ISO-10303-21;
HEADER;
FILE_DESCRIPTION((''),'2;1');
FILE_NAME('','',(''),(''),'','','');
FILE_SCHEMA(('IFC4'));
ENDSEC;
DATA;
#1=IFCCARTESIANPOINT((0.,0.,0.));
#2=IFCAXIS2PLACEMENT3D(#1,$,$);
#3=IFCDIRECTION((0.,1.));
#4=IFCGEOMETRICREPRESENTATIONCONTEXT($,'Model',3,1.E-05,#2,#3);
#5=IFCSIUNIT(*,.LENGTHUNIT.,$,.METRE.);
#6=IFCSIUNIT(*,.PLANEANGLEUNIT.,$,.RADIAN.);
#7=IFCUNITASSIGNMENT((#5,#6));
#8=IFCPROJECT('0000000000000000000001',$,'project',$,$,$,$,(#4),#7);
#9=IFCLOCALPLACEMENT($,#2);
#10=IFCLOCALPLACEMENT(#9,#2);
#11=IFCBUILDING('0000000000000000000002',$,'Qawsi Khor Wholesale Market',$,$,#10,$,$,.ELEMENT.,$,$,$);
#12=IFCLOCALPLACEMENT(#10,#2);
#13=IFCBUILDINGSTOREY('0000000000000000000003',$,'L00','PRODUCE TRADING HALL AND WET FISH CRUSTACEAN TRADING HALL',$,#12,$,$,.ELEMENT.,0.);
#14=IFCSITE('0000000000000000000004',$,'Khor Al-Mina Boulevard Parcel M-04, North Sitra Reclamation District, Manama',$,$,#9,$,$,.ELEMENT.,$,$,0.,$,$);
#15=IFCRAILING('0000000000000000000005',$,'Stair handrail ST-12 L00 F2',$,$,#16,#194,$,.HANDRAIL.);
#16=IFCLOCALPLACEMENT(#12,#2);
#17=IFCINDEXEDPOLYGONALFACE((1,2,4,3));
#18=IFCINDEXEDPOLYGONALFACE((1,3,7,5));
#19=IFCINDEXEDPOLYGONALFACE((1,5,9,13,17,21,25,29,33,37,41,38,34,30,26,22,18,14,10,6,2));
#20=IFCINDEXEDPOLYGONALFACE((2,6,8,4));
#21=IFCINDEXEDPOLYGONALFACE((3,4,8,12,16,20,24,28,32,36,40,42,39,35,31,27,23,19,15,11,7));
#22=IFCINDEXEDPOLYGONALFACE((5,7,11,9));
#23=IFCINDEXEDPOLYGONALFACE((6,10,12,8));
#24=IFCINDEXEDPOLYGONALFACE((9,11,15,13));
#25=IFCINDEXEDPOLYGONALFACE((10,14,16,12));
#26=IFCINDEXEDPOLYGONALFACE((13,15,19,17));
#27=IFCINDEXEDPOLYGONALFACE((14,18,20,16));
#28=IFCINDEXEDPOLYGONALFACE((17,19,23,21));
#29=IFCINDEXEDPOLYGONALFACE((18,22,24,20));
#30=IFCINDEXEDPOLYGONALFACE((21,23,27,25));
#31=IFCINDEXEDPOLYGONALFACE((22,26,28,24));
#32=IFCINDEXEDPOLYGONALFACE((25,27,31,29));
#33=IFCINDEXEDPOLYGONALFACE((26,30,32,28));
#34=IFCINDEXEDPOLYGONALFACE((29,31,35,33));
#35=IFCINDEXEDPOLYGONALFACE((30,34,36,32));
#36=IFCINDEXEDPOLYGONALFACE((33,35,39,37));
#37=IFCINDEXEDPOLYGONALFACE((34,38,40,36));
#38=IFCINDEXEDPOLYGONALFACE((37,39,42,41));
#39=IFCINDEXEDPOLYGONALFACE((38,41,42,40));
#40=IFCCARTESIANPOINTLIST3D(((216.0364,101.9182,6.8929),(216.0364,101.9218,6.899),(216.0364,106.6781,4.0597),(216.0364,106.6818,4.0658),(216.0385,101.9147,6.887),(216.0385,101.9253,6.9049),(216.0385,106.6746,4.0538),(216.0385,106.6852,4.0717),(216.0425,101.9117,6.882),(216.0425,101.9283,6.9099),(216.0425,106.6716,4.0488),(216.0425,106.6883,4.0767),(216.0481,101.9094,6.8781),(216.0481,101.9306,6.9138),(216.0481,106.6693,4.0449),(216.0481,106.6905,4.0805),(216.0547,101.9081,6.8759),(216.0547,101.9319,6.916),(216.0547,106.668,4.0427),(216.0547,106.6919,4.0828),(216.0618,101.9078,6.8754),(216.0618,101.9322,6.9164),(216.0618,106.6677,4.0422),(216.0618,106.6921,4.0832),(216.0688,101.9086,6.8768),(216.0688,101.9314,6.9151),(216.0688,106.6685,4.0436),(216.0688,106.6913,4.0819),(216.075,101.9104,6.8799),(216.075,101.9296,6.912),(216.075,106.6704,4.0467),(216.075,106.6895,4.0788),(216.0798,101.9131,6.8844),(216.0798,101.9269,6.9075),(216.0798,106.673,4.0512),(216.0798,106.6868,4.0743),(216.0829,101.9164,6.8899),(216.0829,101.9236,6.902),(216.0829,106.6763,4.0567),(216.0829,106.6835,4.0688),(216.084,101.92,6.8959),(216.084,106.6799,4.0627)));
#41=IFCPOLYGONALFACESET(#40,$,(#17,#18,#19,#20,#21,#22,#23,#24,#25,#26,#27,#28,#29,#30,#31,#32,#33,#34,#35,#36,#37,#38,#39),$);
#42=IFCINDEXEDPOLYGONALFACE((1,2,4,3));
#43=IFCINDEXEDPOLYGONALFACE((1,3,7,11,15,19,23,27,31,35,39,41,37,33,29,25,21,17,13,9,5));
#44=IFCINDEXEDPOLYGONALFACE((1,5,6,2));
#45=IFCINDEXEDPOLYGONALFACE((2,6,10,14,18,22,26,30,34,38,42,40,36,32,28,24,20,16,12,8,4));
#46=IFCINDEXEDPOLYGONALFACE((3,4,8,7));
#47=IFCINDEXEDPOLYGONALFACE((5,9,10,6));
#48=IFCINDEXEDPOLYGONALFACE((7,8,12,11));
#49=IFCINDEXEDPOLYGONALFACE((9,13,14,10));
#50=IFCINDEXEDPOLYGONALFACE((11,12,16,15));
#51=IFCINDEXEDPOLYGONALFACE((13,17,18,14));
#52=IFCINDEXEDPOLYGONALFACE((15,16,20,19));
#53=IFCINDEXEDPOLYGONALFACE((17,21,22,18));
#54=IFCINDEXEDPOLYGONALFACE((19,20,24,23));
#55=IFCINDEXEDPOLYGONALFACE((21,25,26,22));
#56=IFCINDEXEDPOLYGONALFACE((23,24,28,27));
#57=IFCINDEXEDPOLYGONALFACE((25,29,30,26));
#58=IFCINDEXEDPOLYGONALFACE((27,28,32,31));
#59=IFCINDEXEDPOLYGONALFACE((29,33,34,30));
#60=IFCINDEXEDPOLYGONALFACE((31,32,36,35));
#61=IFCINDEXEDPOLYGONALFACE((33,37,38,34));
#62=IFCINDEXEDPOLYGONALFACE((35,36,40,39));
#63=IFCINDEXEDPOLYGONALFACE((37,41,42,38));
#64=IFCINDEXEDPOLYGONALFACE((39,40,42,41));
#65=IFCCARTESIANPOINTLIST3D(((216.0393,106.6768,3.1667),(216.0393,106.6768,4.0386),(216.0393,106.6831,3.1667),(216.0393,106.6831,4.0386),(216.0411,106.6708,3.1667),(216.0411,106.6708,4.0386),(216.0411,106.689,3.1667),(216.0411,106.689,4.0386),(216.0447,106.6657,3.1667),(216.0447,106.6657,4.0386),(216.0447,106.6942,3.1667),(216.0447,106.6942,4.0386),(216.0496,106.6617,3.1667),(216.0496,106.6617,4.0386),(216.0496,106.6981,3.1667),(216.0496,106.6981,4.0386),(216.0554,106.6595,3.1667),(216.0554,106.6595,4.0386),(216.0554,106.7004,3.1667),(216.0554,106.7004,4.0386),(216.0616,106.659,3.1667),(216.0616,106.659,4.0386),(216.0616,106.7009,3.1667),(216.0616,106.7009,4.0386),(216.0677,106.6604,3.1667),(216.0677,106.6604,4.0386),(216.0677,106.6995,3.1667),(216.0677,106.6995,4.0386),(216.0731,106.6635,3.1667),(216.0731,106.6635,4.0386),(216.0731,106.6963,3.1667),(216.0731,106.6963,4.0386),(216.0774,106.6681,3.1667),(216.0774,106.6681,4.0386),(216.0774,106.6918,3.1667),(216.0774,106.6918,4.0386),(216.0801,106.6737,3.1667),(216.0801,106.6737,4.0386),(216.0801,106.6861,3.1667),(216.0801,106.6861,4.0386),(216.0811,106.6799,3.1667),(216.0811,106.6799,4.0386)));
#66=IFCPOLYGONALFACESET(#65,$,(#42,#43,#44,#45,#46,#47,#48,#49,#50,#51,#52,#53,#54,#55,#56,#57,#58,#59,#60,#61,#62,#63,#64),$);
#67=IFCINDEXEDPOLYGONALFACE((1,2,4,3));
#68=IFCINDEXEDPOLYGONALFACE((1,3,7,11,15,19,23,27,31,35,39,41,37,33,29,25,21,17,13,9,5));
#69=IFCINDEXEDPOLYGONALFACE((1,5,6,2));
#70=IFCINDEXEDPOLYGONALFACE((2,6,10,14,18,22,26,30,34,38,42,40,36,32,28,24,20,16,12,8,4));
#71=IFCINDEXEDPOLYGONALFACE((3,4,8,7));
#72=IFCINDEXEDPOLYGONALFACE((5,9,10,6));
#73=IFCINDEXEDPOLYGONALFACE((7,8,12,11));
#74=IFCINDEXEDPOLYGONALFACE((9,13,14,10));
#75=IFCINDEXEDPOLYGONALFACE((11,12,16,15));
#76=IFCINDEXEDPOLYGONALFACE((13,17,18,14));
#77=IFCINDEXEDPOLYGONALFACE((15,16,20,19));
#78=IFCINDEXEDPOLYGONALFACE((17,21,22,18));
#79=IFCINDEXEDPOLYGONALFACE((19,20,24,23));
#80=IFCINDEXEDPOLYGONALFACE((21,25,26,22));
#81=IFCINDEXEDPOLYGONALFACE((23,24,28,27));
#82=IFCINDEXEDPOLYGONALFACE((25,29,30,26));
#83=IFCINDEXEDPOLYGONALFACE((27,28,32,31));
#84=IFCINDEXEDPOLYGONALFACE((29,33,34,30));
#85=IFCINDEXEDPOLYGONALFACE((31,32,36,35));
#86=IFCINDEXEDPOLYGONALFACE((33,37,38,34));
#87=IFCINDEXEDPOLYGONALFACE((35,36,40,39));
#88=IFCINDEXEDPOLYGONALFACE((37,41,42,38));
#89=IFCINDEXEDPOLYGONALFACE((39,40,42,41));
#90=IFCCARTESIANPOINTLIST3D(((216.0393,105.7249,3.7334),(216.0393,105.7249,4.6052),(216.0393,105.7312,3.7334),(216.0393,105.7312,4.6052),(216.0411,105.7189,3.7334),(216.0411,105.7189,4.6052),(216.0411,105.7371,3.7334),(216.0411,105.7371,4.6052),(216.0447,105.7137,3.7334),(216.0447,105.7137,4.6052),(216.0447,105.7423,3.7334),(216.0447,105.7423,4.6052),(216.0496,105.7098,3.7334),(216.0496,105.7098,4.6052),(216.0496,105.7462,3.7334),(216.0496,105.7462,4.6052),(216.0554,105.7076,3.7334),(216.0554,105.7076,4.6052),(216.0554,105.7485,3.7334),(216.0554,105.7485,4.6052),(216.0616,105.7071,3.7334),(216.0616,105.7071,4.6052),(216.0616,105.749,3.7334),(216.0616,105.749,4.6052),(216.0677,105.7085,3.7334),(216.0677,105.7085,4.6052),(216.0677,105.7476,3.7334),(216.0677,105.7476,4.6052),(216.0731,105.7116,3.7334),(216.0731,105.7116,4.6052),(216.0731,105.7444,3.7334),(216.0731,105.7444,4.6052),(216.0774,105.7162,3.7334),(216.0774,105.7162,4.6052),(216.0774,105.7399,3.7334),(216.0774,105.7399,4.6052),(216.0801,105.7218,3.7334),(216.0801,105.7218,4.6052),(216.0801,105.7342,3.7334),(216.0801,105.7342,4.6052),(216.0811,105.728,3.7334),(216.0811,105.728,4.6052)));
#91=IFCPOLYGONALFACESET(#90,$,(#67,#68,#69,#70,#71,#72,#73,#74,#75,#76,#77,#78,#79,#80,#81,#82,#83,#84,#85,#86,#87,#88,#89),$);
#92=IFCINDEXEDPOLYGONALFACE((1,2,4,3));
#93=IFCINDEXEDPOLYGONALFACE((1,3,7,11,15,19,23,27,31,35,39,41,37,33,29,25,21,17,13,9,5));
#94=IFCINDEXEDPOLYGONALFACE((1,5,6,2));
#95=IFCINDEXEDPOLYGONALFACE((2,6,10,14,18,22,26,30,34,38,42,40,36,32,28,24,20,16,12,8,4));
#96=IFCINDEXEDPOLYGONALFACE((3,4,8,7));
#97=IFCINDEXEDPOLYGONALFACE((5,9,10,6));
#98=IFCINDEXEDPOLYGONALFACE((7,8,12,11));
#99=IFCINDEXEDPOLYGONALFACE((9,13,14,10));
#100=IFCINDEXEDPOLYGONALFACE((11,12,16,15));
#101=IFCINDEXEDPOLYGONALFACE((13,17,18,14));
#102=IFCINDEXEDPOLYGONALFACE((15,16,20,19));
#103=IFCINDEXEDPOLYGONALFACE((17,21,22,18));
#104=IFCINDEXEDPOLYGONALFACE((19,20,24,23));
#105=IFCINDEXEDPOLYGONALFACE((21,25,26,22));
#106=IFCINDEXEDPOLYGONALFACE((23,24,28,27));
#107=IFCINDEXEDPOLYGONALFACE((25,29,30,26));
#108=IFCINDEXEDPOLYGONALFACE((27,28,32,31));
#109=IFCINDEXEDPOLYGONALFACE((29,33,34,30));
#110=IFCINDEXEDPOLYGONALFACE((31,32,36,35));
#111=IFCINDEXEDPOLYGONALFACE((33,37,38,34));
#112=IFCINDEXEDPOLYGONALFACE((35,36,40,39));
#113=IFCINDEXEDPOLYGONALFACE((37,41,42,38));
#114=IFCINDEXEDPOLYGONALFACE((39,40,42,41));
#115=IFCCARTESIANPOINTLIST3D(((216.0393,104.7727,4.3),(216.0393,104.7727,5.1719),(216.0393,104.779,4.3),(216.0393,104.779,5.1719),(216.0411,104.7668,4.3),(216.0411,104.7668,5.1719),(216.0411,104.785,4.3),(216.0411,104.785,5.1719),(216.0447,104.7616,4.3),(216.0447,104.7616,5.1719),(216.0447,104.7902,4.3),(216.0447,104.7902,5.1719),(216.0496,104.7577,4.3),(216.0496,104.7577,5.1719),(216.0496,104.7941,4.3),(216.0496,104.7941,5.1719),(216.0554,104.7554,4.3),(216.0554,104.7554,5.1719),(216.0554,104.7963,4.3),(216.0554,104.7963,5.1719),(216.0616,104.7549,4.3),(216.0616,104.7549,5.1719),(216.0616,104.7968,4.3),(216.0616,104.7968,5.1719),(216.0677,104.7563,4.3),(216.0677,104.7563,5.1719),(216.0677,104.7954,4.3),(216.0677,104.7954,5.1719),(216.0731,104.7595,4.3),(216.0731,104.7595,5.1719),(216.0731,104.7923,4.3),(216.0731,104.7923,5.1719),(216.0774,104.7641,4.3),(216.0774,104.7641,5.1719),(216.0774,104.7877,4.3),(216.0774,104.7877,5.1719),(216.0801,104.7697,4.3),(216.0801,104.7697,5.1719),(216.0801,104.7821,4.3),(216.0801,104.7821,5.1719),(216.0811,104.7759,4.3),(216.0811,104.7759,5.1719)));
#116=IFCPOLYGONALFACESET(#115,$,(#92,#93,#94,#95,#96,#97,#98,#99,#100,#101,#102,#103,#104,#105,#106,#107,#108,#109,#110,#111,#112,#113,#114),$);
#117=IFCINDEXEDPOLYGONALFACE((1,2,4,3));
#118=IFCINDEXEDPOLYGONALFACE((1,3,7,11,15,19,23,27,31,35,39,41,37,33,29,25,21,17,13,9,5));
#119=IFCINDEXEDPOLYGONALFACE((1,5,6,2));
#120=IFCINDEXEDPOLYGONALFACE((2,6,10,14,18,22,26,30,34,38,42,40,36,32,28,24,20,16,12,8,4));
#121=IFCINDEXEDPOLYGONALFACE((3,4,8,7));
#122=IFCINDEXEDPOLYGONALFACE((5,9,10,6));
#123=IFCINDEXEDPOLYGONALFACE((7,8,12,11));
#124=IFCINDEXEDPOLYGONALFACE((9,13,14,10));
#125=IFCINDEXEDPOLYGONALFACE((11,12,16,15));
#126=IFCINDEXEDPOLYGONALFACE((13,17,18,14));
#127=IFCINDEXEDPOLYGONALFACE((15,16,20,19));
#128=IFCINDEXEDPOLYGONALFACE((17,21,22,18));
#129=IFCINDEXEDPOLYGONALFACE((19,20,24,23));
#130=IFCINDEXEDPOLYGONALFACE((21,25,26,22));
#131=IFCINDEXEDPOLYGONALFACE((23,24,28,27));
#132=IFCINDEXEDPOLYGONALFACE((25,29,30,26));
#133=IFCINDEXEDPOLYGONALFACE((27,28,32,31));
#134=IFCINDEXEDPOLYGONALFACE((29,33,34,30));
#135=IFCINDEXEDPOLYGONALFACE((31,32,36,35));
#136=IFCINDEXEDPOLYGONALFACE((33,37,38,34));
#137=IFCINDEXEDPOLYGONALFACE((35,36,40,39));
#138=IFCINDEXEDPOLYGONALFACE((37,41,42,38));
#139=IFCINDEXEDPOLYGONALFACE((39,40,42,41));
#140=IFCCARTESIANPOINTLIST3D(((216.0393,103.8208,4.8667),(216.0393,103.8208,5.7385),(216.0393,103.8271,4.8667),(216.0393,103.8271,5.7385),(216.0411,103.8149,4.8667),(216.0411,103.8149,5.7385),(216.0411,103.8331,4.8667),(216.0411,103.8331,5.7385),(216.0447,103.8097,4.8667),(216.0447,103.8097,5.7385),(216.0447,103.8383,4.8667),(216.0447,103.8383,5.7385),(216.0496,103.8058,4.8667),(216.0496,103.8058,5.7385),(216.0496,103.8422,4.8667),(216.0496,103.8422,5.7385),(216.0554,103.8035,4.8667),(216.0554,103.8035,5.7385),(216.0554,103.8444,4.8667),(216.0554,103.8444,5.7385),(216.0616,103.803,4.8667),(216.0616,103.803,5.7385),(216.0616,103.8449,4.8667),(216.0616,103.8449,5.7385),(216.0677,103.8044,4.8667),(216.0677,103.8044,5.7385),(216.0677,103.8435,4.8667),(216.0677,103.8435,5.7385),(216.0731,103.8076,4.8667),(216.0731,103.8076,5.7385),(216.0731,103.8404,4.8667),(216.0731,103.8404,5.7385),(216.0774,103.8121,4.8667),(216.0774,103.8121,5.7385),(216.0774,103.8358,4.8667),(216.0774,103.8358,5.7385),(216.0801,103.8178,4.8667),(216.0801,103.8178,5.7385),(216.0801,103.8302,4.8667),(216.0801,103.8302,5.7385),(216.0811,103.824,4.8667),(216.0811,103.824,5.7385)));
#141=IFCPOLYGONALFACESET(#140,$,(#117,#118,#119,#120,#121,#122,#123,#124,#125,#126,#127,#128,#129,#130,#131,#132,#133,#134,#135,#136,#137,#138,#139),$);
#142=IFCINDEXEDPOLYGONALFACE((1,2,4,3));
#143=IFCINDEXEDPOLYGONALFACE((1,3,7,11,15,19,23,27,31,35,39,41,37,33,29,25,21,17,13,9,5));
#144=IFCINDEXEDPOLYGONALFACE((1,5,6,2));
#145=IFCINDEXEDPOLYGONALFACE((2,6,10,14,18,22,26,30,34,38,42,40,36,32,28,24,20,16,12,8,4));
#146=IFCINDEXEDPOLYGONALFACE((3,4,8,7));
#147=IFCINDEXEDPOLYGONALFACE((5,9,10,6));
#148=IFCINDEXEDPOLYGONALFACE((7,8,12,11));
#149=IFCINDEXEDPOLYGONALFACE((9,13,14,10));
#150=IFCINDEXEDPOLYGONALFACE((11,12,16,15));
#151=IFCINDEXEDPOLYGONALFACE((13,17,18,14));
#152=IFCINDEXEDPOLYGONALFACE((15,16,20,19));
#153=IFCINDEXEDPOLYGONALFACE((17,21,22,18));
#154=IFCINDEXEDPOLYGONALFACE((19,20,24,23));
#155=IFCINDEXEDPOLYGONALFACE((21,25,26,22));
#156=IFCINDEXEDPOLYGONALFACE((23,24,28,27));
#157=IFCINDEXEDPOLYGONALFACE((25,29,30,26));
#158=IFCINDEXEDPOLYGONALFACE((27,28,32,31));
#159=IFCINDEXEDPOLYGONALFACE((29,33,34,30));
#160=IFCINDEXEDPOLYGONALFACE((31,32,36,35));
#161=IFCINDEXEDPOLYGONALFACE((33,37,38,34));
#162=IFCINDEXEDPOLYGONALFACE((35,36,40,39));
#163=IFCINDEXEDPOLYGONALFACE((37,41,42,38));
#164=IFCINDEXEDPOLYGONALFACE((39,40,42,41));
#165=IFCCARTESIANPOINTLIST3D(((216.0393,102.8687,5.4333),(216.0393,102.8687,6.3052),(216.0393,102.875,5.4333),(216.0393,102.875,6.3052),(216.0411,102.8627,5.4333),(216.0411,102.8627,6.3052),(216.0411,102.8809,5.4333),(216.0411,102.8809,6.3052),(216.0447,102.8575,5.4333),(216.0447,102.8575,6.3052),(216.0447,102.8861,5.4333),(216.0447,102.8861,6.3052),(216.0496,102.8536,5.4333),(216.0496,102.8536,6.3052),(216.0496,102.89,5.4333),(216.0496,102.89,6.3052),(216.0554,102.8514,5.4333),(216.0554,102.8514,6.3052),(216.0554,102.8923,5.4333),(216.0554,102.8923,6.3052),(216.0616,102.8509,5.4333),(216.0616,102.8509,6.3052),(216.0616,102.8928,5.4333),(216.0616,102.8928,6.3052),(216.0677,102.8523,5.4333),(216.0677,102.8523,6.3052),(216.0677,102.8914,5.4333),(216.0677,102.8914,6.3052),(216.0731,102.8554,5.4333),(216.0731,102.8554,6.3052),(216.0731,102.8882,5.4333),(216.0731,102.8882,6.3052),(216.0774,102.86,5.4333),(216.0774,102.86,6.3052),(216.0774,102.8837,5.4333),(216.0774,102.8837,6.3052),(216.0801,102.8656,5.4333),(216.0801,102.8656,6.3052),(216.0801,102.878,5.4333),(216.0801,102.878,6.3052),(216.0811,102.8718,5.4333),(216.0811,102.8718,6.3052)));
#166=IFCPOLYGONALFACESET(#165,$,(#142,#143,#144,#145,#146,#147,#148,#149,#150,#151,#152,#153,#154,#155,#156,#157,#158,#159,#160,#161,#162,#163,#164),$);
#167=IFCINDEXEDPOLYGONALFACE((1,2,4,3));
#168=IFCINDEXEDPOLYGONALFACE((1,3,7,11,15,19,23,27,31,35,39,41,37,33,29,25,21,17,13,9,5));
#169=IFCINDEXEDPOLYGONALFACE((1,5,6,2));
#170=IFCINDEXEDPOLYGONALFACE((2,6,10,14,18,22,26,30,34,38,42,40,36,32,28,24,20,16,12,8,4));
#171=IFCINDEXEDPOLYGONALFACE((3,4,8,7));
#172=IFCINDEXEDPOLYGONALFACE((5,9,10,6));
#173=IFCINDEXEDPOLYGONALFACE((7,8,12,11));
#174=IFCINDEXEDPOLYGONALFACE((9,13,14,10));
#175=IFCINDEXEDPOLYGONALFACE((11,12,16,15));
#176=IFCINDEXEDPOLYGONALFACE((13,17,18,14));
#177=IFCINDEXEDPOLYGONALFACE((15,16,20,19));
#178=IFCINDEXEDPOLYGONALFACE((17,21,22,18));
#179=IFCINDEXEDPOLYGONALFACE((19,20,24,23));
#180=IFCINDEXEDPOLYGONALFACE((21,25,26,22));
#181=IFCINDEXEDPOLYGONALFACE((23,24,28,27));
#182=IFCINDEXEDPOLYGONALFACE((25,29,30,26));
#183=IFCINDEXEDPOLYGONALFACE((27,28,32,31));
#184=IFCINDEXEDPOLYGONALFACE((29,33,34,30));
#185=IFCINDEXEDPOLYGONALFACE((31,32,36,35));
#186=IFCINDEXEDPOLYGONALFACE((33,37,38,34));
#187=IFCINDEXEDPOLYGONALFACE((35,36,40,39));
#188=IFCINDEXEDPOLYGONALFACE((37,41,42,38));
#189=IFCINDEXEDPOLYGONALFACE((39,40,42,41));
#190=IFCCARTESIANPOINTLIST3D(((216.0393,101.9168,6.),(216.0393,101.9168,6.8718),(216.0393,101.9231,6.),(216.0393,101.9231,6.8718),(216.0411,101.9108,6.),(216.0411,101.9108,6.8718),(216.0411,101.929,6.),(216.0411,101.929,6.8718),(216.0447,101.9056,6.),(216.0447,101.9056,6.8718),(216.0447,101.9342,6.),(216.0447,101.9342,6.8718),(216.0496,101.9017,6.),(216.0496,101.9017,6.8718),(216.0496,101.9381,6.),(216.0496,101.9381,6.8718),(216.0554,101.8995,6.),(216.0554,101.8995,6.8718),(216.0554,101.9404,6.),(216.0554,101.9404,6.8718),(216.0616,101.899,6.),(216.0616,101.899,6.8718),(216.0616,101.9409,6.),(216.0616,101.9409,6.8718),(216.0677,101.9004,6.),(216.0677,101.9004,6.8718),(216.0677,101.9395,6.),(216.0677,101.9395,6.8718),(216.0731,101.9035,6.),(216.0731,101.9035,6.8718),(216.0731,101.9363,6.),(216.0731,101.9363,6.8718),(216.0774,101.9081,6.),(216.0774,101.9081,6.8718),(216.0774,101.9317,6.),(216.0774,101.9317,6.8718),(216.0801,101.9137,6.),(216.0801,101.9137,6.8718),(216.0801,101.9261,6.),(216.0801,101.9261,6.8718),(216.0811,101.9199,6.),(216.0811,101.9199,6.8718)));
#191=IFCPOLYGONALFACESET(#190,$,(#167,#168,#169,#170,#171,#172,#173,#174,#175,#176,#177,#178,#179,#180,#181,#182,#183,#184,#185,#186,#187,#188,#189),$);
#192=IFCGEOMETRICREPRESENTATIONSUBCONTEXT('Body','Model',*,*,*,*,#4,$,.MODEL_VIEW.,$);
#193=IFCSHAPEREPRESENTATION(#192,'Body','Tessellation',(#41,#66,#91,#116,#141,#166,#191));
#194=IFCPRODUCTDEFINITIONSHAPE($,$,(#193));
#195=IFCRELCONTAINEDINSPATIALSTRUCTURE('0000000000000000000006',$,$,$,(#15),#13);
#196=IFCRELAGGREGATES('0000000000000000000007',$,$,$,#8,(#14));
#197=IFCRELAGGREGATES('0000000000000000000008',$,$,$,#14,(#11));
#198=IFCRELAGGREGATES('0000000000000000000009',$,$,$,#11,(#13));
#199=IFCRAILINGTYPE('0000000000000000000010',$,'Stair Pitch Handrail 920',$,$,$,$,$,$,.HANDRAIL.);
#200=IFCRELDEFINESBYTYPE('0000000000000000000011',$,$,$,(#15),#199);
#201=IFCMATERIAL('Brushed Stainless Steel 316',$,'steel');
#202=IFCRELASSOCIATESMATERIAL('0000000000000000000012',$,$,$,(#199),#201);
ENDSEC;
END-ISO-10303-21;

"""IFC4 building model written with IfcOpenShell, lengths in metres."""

from ifc_helpers import new_model, si_unit, direction, frame, origin, origin_2d, place, context, subcontext, project, spatial, circle, extrude, material, type_object, element, save


model = new_model("IFC4")

# Units and contexts
model_context = context("Model", 3, precision=1e-05, world=origin(), true_north=direction((0.0, 1.0)))
body_context = subcontext(model_context, "Body", "Model", "MODEL_VIEW")
ifc_project = project(units=[si_unit("LENGTHUNIT", "METRE"), si_unit("PLANEANGLEUNIT", "RADIAN")], contexts=[model_context])

# Site, building, storey
site_placement = place(None, origin())
site = spatial("IfcSite", under=ifc_project, at=site_placement, Name="Khor Al-Mina Boulevard Parcel M-04, North Sitra Reclamation District, Manama", CompositionType="ELEMENT", RefElevation=0.0)
building_placement = place(site_placement, origin())
building = spatial("IfcBuilding", under=site, at=building_placement, Name="Qawsi Khor Wholesale Market", CompositionType="ELEMENT")
storey_placement = place(building_placement, origin())
storey = spatial("IfcBuildingStorey", under=building, at=storey_placement, Name="L00", Description="PRODUCE TRADING HALL AND WET FISH CRUSTACEAN TRADING HALL", CompositionType="ELEMENT", Elevation=0.0)

# Railing
ifc_material_1 = material(Name="Brushed Stainless Steel 316", Category="steel")
railing_type = type_object("IfcRailingType", Name="Stair Pitch Handrail 920", PredefinedType="HANDRAIL", material=ifc_material_1)
railing_placement = place(storey_placement, frame((216.0601, 106.6799, 3.1667)))
element("IfcRailing", 1, at=railing_placement, inside=storey, type_object=railing_type, Name="Stair handrail ST-12 L00 F2", PredefinedType="HANDRAIL", context=body_context, shape_type="SweptSolid", body=[
    extrude(circle(Radius=0.0239, at=origin_2d()), frame((0.0, 0.0, 0.896), z_axis=(0.0, -0.8593, 0.511472), x_axis=(1.0, 0.0, 0.0)), (0.0, 0.0, 1.0), 5.5393),
    extrude(circle(Radius=0.021, at=origin_2d()), origin(), (0.0, 0.0, 1.0), 0.8718),
    extrude(circle(Radius=0.021, at=origin_2d()), frame((0.0, -0.9519, 0.5667)), (0.0, 0.0, 1.0), 0.8718),
    extrude(circle(Radius=0.021, at=origin_2d()), frame((0.0, -1.9041, 1.1333)), (0.0, 0.0, 1.0), 0.8718),
    extrude(circle(Radius=0.021, at=origin_2d()), frame((0.0, -2.856, 1.7)), (0.0, 0.0, 1.0), 0.8718),
    extrude(circle(Radius=0.021, at=origin_2d()), frame((0.0, -3.8081, 2.2666)), (0.0, 0.0, 1.0), 0.8718),
    extrude(circle(Radius=0.021, at=origin_2d()), frame((0.0, -4.76, 2.8333)), (0.0, 0.0, 1.0), 0.8718),
])

save(model, "model.ifc")
